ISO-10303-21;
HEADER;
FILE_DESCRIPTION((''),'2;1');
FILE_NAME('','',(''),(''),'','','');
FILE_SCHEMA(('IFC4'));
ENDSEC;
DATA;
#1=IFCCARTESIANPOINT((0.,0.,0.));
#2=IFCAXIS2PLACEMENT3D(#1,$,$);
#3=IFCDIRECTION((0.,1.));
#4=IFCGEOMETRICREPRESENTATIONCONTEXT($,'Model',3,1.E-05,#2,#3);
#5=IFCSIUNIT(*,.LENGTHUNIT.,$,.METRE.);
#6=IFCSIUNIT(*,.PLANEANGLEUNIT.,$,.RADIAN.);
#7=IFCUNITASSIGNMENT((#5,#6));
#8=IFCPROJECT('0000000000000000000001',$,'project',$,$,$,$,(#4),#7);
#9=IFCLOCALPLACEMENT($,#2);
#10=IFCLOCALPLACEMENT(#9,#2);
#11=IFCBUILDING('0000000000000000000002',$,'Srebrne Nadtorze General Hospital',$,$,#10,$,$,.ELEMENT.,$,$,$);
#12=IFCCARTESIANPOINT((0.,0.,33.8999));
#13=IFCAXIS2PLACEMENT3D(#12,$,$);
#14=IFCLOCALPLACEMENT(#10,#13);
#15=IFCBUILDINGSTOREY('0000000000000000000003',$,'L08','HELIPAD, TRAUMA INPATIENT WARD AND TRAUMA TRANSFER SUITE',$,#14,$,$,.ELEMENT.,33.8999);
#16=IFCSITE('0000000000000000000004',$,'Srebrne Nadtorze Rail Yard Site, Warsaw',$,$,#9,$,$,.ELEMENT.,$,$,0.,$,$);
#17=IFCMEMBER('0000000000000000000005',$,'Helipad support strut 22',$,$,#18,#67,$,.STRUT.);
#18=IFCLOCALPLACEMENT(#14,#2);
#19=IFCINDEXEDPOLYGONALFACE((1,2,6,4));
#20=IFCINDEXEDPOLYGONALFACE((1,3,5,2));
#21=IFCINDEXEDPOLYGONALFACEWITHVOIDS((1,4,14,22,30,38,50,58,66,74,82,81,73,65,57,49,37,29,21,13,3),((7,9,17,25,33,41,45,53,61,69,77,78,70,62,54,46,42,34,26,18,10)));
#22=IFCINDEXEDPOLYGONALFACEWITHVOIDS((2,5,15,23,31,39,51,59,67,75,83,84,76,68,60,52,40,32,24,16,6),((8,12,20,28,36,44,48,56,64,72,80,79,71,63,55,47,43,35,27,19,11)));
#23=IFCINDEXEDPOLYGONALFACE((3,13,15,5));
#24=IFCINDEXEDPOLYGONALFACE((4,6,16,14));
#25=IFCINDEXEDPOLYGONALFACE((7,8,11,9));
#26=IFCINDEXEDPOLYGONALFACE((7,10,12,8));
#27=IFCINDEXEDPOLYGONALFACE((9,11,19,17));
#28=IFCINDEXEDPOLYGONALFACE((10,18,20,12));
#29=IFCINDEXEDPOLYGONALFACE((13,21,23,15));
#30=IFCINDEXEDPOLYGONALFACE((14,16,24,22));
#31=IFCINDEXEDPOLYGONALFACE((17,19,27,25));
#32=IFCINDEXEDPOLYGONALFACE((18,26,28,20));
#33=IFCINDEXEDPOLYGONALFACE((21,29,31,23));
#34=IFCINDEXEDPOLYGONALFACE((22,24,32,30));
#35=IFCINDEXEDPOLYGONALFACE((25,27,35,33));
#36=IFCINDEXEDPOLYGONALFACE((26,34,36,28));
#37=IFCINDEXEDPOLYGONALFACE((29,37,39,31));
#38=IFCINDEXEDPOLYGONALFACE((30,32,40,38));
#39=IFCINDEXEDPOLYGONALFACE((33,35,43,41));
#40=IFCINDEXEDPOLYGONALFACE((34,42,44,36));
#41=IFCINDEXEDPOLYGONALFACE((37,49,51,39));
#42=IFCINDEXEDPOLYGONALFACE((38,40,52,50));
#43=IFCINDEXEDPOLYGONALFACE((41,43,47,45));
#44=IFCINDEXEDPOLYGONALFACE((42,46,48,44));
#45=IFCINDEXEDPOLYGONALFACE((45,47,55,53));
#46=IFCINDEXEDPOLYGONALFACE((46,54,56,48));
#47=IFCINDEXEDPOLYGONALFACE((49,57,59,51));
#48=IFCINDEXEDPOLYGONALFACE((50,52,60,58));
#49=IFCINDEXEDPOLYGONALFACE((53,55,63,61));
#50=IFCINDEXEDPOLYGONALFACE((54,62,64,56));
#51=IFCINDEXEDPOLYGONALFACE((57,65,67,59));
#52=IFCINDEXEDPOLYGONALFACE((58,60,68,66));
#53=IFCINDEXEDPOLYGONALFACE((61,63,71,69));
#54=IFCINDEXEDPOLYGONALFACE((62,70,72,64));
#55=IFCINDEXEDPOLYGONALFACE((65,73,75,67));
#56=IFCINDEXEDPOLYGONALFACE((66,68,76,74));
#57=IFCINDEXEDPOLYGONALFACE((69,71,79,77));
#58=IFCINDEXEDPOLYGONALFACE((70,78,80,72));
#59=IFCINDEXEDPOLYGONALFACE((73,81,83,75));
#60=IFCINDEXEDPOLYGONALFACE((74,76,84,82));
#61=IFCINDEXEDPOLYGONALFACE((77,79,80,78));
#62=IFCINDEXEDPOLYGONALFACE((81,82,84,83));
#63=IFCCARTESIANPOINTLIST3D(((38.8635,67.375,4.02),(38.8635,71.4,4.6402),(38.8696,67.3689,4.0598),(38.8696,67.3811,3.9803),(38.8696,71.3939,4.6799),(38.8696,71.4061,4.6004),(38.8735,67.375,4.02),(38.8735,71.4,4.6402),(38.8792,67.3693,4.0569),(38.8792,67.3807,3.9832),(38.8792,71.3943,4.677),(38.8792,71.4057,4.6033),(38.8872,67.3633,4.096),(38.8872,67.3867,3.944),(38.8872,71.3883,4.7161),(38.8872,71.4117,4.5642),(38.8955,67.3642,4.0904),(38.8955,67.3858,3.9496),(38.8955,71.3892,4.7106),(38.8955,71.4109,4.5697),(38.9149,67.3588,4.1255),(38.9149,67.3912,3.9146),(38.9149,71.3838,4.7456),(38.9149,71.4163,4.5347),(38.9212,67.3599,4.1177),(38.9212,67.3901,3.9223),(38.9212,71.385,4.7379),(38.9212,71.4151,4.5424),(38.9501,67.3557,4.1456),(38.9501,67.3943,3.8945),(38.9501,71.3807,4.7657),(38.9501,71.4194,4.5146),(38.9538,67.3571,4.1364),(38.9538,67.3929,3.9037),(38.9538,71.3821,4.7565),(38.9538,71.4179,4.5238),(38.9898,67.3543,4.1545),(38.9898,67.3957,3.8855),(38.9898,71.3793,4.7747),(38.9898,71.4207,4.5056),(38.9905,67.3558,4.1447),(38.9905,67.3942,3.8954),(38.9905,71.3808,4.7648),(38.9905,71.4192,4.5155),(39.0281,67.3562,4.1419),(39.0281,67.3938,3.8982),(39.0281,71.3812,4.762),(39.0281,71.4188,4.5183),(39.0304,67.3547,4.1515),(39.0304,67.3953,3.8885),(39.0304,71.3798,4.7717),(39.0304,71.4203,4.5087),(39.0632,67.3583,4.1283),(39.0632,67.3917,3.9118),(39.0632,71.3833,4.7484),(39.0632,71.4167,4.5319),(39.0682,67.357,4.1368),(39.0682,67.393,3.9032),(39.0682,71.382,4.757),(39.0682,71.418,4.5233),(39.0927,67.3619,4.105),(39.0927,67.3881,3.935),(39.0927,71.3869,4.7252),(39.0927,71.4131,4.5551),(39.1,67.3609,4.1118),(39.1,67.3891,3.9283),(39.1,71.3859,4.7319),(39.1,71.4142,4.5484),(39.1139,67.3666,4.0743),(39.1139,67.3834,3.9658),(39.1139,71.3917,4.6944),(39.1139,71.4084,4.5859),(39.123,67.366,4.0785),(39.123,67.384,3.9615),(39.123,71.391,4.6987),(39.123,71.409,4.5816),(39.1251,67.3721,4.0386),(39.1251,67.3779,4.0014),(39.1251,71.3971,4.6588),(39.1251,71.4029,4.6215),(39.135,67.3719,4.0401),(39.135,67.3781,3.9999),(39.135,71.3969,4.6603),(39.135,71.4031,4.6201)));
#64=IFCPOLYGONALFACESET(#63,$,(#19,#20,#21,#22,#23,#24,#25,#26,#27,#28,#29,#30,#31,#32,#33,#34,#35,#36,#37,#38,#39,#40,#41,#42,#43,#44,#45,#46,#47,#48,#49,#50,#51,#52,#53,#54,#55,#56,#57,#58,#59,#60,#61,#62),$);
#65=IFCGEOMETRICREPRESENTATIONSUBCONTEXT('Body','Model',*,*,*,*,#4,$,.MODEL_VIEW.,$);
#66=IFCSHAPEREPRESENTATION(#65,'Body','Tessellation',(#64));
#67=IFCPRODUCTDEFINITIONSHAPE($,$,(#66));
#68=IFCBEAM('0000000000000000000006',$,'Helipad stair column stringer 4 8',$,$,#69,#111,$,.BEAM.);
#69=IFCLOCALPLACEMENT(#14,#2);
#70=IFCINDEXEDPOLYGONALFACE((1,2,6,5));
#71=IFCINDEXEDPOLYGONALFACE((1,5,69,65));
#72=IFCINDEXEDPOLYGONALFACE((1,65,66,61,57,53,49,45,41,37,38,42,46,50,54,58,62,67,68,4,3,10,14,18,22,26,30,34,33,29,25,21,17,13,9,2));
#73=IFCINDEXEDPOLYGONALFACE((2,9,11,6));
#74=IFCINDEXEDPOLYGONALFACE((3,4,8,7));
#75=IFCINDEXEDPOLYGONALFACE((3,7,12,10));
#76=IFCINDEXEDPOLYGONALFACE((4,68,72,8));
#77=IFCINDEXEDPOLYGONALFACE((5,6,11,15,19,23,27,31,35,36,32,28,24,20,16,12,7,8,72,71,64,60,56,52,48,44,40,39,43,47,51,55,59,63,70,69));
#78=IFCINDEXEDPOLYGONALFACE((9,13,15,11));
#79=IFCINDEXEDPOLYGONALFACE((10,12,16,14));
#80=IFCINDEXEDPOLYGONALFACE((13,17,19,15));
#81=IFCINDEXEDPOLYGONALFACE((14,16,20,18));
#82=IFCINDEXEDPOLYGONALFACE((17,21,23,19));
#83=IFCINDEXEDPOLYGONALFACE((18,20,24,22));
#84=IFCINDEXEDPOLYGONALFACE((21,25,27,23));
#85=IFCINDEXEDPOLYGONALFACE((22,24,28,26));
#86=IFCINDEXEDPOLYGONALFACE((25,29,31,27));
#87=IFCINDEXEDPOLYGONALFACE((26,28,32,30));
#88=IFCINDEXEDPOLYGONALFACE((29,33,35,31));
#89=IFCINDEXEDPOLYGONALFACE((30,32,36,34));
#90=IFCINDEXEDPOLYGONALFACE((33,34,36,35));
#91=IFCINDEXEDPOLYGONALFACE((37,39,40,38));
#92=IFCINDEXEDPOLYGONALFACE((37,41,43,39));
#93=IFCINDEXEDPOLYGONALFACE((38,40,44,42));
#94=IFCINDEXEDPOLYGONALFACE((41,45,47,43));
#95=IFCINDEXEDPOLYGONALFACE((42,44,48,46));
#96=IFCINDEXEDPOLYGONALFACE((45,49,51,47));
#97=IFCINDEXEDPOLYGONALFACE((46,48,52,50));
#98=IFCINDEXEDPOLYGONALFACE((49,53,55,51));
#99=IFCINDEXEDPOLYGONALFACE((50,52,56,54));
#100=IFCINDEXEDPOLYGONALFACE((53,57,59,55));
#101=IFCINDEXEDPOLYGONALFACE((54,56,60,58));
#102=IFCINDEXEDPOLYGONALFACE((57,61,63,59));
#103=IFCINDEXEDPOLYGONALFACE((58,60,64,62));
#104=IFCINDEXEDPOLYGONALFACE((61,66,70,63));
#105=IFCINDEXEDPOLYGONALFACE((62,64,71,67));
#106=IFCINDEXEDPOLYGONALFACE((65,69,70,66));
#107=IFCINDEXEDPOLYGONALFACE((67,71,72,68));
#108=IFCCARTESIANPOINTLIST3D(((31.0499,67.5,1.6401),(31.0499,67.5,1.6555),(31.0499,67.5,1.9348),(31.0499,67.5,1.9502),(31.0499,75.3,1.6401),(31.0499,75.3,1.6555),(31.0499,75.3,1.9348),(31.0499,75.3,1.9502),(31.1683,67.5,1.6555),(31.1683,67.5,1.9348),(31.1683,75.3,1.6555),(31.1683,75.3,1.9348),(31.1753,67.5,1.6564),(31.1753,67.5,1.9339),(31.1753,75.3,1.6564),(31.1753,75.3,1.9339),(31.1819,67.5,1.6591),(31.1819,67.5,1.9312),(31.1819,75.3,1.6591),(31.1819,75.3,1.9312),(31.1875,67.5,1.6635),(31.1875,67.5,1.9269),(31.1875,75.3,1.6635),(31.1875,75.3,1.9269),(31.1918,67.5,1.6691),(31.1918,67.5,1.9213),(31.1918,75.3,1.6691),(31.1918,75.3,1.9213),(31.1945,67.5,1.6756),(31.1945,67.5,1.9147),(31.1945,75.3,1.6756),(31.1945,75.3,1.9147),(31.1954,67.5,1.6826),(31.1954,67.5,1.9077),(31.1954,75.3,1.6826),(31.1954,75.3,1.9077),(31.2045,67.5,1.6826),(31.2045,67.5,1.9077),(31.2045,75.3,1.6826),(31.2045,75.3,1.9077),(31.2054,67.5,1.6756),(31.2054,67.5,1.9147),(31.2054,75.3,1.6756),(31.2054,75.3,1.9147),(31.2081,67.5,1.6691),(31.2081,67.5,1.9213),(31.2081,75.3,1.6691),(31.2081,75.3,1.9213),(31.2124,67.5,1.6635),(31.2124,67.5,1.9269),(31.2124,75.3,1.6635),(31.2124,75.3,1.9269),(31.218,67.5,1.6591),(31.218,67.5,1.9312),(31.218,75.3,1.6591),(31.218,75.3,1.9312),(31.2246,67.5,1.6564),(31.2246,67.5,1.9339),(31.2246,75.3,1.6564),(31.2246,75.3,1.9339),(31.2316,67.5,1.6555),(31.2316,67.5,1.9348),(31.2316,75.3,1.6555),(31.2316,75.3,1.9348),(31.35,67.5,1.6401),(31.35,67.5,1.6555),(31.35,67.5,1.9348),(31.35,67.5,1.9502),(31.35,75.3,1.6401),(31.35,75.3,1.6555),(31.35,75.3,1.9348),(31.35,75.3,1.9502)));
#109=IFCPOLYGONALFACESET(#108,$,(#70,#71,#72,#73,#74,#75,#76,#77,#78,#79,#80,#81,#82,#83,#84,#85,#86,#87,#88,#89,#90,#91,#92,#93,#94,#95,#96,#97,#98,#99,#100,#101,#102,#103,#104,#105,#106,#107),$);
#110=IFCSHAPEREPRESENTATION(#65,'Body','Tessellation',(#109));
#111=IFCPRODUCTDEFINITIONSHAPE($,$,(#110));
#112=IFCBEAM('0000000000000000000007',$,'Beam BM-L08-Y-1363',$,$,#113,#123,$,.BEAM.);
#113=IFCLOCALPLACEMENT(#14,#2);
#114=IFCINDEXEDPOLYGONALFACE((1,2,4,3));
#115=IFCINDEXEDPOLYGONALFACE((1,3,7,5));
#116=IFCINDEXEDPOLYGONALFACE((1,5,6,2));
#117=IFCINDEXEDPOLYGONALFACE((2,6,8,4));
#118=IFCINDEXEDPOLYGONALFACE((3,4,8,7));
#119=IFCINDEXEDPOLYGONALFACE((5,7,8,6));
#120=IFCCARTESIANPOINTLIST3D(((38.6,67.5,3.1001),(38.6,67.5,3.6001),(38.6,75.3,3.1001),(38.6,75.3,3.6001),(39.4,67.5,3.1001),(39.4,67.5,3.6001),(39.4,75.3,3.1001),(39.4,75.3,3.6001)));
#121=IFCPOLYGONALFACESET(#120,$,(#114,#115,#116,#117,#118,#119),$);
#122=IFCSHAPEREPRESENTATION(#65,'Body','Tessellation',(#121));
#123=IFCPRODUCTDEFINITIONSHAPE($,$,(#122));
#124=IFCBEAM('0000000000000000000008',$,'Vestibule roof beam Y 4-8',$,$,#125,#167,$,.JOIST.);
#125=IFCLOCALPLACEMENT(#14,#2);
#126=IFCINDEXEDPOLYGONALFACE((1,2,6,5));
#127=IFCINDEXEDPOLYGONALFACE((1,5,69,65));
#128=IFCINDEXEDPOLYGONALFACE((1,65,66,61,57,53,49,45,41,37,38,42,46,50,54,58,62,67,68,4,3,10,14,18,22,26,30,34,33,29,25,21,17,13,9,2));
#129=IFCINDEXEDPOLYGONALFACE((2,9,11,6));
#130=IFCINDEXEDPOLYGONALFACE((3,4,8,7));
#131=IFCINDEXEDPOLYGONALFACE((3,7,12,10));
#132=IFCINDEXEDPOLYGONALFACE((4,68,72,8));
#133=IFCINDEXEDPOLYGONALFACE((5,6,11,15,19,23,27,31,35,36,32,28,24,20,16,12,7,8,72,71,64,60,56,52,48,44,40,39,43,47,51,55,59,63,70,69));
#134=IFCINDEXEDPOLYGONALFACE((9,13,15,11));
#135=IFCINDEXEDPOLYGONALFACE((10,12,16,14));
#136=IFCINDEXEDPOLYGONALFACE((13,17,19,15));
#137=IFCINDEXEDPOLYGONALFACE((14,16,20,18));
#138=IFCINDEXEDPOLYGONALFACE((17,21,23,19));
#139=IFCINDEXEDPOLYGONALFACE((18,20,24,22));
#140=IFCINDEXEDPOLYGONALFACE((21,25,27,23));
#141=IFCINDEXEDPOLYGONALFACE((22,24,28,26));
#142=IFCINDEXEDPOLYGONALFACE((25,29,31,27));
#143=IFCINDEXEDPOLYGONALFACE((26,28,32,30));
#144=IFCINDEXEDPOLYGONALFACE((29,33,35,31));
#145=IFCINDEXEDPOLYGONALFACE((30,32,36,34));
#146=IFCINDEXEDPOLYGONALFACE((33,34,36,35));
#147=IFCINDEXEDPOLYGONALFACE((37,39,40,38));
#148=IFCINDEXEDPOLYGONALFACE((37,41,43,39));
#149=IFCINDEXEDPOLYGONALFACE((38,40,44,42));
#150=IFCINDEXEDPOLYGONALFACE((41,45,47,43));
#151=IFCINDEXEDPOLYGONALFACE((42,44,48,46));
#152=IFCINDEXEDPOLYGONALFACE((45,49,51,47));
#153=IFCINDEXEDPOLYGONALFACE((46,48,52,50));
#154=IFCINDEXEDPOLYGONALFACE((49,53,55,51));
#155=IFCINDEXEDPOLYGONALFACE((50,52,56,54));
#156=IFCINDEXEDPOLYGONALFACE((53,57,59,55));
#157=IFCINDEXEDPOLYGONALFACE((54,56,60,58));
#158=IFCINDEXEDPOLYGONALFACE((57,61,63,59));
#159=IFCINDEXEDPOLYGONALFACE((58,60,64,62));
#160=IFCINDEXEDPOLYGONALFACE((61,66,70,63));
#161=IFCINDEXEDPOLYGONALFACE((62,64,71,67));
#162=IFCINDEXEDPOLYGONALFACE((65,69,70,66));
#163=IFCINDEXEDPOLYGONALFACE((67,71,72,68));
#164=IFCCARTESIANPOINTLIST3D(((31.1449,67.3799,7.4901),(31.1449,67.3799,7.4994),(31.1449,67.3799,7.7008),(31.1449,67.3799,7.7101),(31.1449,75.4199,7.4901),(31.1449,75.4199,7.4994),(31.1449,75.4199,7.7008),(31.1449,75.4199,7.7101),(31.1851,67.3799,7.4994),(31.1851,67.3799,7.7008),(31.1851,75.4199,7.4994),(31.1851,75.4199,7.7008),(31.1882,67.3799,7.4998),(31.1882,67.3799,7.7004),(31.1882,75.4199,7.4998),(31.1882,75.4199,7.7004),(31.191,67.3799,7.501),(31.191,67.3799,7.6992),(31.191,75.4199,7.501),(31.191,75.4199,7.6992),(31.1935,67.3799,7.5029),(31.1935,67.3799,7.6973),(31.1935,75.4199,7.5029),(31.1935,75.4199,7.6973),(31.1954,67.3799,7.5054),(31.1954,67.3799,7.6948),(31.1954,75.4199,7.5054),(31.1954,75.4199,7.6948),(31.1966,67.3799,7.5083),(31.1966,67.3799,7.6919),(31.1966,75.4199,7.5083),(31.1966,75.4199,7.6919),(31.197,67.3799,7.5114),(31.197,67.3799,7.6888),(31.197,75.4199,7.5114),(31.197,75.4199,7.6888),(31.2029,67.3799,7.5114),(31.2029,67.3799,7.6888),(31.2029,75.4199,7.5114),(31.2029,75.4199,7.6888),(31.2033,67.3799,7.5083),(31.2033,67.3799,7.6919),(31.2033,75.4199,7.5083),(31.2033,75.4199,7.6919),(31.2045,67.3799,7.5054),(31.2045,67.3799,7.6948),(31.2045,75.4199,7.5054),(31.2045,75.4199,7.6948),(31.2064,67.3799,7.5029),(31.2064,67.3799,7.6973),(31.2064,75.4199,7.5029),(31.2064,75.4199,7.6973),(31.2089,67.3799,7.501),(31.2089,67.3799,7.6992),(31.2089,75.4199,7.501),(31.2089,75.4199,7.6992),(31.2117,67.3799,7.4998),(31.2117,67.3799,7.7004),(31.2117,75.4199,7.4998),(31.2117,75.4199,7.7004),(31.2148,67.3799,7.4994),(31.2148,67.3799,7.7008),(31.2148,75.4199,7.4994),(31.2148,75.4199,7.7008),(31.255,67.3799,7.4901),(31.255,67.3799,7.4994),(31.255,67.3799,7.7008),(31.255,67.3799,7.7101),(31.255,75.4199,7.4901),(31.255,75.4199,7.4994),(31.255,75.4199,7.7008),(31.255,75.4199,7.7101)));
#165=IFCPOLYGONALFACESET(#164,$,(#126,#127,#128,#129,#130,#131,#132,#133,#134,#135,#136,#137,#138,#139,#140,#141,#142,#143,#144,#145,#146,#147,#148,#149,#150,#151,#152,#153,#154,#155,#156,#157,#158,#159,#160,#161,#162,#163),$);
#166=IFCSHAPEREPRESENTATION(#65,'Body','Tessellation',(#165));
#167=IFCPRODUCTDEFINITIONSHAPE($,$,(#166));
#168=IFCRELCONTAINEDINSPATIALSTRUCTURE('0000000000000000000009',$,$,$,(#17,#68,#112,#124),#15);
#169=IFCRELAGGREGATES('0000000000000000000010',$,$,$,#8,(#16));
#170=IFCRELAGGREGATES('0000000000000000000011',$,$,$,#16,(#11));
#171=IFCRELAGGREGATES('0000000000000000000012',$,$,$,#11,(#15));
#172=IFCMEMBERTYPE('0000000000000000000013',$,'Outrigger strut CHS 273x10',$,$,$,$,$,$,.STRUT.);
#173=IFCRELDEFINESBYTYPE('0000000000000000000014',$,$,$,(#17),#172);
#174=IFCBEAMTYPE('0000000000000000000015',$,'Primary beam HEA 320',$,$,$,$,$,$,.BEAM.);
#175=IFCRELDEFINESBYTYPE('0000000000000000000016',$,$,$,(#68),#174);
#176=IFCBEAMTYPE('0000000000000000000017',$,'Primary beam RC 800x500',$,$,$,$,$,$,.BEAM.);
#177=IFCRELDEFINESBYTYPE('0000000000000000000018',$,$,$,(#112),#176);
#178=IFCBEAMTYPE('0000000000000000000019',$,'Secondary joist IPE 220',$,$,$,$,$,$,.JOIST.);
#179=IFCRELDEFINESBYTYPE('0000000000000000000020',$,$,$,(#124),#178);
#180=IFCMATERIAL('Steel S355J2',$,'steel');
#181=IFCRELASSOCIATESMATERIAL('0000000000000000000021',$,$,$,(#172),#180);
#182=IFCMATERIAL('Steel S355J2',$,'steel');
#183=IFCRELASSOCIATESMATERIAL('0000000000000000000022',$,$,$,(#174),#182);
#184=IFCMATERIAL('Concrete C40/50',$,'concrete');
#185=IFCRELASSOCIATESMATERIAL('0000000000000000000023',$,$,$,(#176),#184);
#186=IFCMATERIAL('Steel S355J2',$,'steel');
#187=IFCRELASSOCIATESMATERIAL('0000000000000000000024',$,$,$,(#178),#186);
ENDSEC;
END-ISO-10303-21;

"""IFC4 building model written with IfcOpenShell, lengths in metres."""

from ifc_helpers import new_model, si_unit, direction, frame, origin, origin_2d, place, context, subcontext, project, spatial, rectangle, hollow_circle, i_section, extrude, material, material_profile, profile_set, type_object, element, save


model = new_model("IFC4")

# Units and contexts
model_context = context("Model", 3, precision=1e-05, world=origin(), true_north=direction((0.0, 1.0)))
body_context = subcontext(model_context, "Body", "Model", "MODEL_VIEW")
ifc_project = project(units=[si_unit("LENGTHUNIT", "METRE"), si_unit("PLANEANGLEUNIT", "RADIAN")], contexts=[model_context])

# Site, building, storey
site_placement = place(None, origin())
site = spatial("IfcSite", under=ifc_project, at=site_placement, Name="Srebrne Nadtorze Rail Yard Site, Warsaw", CompositionType="ELEMENT", RefElevation=0.0)
building_placement = place(site_placement, origin())
building = spatial("IfcBuilding", under=site, at=building_placement, Name="Srebrne Nadtorze General Hospital", CompositionType="ELEMENT")
storey_placement = place(building_placement, frame((0.0, 0.0, 33.8999)))
storey = spatial("IfcBuildingStorey", under=building, at=storey_placement, Name="L08", Description="HELIPAD, TRAUMA INPATIENT WARD AND TRAUMA TRANSFER SUITE", CompositionType="ELEMENT", Elevation=33.8999)

# Member
ifc_material_1 = material(Name="Steel S355J2", Category="steel")
ifc_material_profile_1 = material_profile(ifc_material_1, hollow_circle(Radius=0.1365, WallThickness=0.01, at=origin_2d()), Name="CHS-273x10")
ifc_profile_set_1 = profile_set([ifc_material_profile_1], Name="Steel S355J2")
member_type_1 = type_object("IfcMemberType", Name="Outrigger strut CHS 273x10", PredefinedType="STRUT", material=ifc_profile_set_1)
member_placement = place(storey_placement, frame((39.0, 67.375, 4.02), z_axis=(0.0, 0.988338, 0.152273), x_axis=(-1.0, 0.0, 0.0)))
element("IfcMember", 1, at=member_placement, inside=storey, type_object=member_type_1, Name="Helipad support strut 22", PredefinedType="STRUT", context=body_context, shape_type="SweptSolid", body=[
    extrude(hollow_circle(Radius=0.1365, WallThickness=0.01, at=origin_2d()), origin(), (0.0, 0.0, 1.0), 4.0725),
])

# Beams
ifc_material_2 = material(Name="Steel S355J2", Category="steel")
ifc_material_profile_2 = material_profile(ifc_material_2, i_section(OverallWidth=0.3, OverallDepth=0.3101, WebThickness=0.009, FlangeThickness=0.0154, FilletRadius=0.0271, at=origin_2d()), Name="HEA-320")
ifc_profile_set_2 = profile_set([ifc_material_profile_2], Name="Steel S355J2")
beam_type_1 = type_object("IfcBeamType", Name="Primary beam HEA 320", PredefinedType="BEAM", material=ifc_profile_set_2)
beam_1_placement = place(storey_placement, frame((31.2, 67.5, 1.7952), z_axis=(0.0, 1.0, 0.0), x_axis=(-1.0, 0.0, 0.0)))
element("IfcBeam", 2, at=beam_1_placement, inside=storey, type_object=beam_type_1, Name="Helipad stair column stringer 4 8", PredefinedType="BEAM", context=body_context, shape_type="SweptSolid", body=[
    extrude(i_section(OverallWidth=0.3, OverallDepth=0.3101, WebThickness=0.009, FlangeThickness=0.0154, FilletRadius=0.0271, at=origin_2d()), origin(), (0.0, 0.0, 1.0), 7.8),
])
ifc_material_3 = material(Name="Concrete C40/50", Category="concrete")
ifc_material_profile_3 = material_profile(ifc_material_3, rectangle(XDim=0.8, YDim=0.5, at=origin_2d()), Name="RC-BM-800x500")
ifc_profile_set_3 = profile_set([ifc_material_profile_3], Name="Concrete C40/50")
beam_type_2 = type_object("IfcBeamType", Name="Primary beam RC 800x500", PredefinedType="BEAM", material=ifc_profile_set_3)
beam_2_placement = place(storey_placement, frame((39.0, 67.5, 3.3501), z_axis=(0.0, 1.0, 0.0), x_axis=(-1.0, 0.0, 0.0)))
element("IfcBeam", 3, at=beam_2_placement, inside=storey, type_object=beam_type_2, Name="Beam BM-L08-Y-1363", PredefinedType="BEAM", context=body_context, shape_type="SweptSolid", body=[
    extrude(rectangle(XDim=0.8, YDim=0.5, at=origin_2d()), origin(), (0.0, 0.0, 1.0), 7.8),
])
ifc_material_4 = material(Name="Steel S355J2", Category="steel")
ifc_material_profile_4 = material_profile(ifc_material_4, i_section(OverallWidth=0.1101, OverallDepth=0.22, WebThickness=0.0059, FlangeThickness=0.0093, FilletRadius=0.012, at=origin_2d()), Name="IPE-220")
ifc_profile_set_4 = profile_set([ifc_material_profile_4], Name="Steel S355J2")
beam_type_3 = type_object("IfcBeamType", Name="Secondary joist IPE 220", PredefinedType="JOIST", material=ifc_profile_set_4)
beam_3_placement = place(storey_placement, frame((31.2, 67.3799, 7.6001), z_axis=(0.0, 1.0, 0.0), x_axis=(-1.0, 0.0, 0.0)))
element("IfcBeam", 4, at=beam_3_placement, inside=storey, type_object=beam_type_3, Name="Vestibule roof beam Y 4-8", PredefinedType="JOIST", context=body_context, shape_type="SweptSolid", body=[
    extrude(i_section(OverallWidth=0.1101, OverallDepth=0.22, WebThickness=0.0059, FlangeThickness=0.0093, FilletRadius=0.012, at=origin_2d()), origin(), (0.0, 0.0, 1.0), 8.04),
])

save(model, "model.ifc")
